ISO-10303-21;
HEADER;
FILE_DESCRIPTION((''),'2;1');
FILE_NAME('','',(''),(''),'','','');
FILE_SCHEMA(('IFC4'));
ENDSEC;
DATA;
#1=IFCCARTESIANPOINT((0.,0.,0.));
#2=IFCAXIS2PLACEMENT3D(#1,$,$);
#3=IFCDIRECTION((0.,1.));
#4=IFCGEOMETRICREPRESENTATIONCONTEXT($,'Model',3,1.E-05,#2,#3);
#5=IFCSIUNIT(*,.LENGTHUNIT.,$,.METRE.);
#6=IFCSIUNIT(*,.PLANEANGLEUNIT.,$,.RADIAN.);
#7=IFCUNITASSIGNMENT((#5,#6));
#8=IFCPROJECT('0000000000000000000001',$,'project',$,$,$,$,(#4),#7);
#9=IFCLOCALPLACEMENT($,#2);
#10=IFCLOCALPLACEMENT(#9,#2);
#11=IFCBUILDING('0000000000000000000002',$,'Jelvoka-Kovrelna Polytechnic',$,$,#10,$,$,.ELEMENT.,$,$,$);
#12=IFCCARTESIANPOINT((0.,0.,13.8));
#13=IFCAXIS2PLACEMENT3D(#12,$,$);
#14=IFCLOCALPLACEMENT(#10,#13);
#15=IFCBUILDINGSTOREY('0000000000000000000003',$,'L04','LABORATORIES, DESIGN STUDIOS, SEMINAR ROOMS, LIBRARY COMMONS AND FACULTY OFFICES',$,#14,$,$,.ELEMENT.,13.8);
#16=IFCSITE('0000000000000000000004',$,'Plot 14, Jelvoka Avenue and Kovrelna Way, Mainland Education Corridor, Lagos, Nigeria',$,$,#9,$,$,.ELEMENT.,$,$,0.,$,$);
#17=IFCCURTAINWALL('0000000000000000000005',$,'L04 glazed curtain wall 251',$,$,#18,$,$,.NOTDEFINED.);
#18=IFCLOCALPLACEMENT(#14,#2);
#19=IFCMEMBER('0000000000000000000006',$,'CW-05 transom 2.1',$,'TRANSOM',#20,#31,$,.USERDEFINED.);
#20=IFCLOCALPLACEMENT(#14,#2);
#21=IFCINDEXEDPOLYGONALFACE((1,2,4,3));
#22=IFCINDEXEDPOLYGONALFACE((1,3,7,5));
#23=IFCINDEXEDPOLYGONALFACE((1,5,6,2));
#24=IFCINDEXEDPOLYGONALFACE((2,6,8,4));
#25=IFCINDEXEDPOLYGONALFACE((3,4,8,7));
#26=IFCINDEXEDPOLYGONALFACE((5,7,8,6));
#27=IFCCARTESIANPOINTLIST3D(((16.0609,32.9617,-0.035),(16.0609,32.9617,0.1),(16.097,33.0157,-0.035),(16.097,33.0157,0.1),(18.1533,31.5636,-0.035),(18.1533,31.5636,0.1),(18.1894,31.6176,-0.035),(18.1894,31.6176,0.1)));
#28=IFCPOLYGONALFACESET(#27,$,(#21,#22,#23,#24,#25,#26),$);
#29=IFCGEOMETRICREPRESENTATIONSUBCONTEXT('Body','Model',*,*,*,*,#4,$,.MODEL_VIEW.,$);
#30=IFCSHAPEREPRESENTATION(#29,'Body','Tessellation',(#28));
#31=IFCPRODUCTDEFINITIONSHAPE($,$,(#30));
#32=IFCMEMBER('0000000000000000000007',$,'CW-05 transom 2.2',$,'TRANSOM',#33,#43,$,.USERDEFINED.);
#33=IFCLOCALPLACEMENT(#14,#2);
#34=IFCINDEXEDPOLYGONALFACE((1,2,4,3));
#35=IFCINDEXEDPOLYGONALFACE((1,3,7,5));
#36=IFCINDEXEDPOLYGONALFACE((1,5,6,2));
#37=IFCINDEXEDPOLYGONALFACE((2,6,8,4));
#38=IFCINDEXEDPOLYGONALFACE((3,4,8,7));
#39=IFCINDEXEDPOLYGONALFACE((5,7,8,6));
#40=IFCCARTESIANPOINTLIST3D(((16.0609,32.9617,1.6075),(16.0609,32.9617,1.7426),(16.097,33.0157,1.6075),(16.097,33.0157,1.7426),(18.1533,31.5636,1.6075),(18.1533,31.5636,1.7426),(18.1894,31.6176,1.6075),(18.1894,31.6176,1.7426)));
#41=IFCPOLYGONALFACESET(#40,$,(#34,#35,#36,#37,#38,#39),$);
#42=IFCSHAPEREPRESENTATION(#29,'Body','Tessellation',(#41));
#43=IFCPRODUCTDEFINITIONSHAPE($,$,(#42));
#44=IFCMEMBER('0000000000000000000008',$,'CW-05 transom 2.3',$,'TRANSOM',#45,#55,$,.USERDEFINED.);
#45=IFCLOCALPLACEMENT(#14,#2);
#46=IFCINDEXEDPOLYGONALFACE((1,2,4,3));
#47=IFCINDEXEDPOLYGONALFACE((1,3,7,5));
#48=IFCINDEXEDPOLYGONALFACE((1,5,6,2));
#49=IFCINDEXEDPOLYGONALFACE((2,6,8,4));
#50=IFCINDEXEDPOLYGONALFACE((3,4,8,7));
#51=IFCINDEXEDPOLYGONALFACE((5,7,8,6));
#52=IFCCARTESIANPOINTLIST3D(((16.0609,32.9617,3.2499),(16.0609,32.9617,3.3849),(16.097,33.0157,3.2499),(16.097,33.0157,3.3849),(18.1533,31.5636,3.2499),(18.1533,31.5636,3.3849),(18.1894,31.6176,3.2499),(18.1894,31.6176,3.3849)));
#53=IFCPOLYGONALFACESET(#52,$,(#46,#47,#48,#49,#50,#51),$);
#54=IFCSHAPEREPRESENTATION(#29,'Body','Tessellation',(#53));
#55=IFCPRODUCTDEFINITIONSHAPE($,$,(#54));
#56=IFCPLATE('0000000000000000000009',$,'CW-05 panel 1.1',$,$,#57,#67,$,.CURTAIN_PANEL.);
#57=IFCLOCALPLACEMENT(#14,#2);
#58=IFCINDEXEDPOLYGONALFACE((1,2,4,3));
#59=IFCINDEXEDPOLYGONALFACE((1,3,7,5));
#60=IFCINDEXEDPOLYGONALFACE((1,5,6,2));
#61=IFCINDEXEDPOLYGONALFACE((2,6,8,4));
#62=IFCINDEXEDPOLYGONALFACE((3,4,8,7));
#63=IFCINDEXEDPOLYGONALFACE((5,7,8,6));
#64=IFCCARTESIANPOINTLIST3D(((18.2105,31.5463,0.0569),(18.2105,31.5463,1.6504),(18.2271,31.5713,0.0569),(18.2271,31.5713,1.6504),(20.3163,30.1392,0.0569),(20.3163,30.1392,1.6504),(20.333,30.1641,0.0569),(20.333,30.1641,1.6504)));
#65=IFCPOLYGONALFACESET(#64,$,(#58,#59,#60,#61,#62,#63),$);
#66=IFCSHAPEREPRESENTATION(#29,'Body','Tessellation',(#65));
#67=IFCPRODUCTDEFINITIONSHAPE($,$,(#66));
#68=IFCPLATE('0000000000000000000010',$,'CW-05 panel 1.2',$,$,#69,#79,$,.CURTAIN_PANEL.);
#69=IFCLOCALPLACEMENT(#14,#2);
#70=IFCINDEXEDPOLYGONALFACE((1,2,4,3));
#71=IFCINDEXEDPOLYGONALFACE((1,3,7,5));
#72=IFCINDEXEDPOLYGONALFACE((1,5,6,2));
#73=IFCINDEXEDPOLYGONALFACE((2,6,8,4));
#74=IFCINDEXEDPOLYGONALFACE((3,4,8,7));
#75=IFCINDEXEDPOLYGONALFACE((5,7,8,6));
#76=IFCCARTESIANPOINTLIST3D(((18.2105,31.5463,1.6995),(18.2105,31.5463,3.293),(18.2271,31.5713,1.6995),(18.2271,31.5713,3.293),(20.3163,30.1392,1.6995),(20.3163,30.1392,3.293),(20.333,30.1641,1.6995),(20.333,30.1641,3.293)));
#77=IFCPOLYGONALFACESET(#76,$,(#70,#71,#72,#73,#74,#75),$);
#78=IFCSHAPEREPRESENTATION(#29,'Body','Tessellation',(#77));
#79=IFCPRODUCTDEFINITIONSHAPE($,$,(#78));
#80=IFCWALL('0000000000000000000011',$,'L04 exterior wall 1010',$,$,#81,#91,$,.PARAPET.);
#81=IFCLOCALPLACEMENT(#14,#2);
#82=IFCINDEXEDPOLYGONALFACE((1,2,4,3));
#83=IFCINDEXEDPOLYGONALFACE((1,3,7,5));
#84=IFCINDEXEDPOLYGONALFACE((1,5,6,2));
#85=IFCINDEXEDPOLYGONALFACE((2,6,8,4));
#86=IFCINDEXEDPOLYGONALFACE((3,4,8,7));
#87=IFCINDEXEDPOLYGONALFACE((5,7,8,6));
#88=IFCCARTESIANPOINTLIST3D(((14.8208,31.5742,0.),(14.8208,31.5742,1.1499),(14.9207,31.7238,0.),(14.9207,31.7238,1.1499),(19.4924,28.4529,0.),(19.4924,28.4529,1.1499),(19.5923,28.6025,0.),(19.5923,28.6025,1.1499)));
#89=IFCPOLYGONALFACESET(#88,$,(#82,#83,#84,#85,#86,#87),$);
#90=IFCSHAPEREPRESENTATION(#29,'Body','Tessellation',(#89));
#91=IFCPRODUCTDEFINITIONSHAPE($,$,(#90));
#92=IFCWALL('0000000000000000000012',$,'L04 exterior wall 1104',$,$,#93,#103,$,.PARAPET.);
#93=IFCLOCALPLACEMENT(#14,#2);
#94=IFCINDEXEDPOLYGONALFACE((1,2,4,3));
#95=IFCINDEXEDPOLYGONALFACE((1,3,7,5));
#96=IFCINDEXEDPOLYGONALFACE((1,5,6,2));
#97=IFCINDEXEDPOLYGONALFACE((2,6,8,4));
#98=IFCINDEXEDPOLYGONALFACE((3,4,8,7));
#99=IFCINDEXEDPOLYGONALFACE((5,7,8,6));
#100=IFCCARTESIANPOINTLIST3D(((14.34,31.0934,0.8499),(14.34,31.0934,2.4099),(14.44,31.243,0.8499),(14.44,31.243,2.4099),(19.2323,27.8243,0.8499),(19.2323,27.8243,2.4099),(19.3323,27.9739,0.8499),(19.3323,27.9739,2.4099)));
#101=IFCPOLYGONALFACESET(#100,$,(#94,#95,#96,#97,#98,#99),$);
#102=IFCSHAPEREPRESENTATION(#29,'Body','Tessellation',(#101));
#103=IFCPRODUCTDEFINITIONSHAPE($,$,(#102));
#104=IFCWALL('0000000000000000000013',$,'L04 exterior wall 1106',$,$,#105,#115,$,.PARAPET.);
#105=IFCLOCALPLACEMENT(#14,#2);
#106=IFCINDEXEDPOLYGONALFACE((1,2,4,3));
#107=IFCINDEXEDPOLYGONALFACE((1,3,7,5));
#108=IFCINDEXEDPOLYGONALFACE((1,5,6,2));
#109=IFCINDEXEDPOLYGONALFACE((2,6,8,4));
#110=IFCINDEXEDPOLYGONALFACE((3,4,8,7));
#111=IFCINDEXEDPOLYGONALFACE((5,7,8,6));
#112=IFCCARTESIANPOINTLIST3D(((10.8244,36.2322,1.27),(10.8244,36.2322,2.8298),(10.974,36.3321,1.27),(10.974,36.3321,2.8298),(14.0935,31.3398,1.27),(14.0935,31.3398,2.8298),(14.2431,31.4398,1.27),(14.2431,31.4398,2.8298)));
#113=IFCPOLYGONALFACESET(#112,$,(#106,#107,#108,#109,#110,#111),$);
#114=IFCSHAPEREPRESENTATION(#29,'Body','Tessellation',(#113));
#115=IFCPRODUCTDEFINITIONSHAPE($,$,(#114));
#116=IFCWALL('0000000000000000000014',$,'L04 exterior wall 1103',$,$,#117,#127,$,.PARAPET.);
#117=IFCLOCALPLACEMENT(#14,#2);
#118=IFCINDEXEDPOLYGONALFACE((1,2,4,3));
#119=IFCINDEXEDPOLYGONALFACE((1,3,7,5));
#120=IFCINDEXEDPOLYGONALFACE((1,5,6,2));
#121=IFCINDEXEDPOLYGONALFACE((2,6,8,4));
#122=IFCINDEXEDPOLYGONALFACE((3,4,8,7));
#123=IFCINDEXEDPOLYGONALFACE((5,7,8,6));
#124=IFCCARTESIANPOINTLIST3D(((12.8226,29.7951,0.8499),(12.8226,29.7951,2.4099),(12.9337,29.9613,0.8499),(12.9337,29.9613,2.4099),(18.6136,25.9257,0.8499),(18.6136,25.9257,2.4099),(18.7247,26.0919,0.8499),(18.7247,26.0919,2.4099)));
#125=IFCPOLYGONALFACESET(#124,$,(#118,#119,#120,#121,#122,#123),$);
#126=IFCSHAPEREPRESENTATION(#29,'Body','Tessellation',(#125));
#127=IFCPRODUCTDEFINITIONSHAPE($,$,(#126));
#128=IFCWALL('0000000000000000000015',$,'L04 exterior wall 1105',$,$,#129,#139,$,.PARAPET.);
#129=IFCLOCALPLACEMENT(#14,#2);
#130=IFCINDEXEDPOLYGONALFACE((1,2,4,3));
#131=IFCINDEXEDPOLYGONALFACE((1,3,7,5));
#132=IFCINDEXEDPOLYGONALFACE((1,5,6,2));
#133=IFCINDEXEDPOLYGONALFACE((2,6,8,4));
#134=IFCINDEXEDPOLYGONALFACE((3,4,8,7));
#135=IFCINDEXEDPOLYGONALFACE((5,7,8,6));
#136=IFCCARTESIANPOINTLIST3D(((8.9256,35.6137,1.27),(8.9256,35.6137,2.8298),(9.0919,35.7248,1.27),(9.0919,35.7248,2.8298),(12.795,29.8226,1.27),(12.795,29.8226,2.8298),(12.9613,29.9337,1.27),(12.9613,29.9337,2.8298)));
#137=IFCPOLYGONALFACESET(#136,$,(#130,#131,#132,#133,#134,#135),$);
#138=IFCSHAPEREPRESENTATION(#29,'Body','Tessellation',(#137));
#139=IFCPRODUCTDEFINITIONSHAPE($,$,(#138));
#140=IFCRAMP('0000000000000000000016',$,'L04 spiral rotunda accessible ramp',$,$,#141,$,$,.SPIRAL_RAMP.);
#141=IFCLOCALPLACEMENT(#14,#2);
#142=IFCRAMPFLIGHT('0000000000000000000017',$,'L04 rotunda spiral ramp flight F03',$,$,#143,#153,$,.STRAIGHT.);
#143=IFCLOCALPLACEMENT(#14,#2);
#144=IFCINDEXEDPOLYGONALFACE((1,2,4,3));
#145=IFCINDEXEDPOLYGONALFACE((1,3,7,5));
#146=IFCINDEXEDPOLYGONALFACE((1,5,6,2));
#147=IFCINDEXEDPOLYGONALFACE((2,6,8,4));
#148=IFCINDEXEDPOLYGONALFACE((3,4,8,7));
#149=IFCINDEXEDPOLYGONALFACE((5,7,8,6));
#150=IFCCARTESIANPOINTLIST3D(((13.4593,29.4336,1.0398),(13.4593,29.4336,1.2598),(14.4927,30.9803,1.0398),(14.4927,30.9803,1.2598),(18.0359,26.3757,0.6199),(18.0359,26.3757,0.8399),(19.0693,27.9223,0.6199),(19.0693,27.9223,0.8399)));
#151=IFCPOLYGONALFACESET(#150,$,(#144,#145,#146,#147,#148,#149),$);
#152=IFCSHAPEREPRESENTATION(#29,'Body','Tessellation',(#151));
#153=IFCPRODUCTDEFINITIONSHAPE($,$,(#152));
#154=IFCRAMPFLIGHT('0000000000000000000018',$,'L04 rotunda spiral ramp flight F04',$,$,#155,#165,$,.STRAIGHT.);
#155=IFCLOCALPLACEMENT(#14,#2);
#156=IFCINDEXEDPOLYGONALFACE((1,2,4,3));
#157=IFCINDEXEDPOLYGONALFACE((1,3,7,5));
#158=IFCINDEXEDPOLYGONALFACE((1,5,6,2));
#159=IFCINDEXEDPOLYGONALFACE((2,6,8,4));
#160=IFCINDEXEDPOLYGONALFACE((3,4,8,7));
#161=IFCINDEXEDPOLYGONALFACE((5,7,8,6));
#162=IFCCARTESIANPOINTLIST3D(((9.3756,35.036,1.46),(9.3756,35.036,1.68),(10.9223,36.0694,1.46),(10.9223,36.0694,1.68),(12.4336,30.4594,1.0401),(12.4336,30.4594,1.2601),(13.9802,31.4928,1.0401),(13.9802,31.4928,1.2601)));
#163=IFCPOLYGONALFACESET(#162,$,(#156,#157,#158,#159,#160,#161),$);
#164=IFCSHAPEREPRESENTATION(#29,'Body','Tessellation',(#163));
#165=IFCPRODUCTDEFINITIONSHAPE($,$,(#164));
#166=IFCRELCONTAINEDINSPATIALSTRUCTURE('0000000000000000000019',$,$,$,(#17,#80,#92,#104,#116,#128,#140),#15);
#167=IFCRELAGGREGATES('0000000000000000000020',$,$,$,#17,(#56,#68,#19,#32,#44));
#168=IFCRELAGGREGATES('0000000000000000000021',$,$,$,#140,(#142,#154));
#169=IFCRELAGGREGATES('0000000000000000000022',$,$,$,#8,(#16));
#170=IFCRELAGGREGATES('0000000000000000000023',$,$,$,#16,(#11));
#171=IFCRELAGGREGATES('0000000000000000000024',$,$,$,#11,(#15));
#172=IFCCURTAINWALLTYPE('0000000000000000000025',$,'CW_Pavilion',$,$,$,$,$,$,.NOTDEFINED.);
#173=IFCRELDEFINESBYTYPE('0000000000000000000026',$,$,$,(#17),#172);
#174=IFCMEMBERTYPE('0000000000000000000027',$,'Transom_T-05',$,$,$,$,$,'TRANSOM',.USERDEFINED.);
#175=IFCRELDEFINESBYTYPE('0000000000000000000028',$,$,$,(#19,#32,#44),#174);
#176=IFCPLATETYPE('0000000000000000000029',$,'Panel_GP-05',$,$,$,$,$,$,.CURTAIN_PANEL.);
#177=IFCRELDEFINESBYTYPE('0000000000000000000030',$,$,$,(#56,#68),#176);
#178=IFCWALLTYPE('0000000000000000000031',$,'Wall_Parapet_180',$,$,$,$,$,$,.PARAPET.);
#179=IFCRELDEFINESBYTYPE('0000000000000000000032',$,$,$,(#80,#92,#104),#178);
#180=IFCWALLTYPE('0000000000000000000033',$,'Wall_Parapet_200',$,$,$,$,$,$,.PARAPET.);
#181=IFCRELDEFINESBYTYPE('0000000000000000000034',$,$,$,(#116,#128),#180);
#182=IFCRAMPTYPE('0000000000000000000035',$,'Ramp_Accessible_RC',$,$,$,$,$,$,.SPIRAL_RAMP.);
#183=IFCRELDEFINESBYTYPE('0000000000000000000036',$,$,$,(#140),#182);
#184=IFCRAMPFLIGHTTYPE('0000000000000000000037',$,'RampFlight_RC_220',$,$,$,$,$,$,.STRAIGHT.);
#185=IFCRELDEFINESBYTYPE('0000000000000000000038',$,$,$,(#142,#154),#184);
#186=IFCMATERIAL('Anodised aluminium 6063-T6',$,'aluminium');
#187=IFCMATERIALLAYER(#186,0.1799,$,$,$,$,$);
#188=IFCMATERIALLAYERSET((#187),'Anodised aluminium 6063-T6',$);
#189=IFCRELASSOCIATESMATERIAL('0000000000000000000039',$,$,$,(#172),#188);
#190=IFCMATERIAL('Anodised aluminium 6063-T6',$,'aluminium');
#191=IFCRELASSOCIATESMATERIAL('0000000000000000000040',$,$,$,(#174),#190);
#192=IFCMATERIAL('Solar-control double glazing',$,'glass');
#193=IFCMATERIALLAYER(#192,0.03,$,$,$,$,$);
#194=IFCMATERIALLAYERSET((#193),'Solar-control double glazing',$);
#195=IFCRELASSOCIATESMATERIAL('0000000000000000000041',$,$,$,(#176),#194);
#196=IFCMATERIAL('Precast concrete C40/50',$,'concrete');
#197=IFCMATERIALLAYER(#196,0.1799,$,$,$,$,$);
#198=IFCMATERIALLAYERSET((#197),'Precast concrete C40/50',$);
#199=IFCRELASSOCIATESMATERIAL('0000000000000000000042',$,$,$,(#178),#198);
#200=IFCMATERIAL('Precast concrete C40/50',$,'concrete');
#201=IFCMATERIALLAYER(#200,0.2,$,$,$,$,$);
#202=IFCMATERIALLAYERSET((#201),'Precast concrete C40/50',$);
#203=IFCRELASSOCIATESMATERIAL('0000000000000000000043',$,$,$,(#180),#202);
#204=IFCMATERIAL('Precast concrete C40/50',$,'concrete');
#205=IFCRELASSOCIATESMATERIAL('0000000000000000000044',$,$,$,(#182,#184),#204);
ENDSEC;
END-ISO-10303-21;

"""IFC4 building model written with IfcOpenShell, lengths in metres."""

from ifc_helpers import new_model, si_unit, direction, frame, frame_2d, origin, origin_2d, place, context, subcontext, project, spatial, polyline, rectangle, outline, extrude, material, layer, layer_set, material_profile, profile_set, type_object, element, aggregate, save


model = new_model("IFC4")

# Units and contexts
model_context = context("Model", 3, precision=1e-05, world=origin(), true_north=direction((0.0, 1.0)))
body_context = subcontext(model_context, "Body", "Model", "MODEL_VIEW")
ifc_project = project(units=[si_unit("LENGTHUNIT", "METRE"), si_unit("PLANEANGLEUNIT", "RADIAN")], contexts=[model_context])

# Site, building, storey
site_placement = place(None, origin())
site = spatial("IfcSite", under=ifc_project, at=site_placement, Name="Plot 14, Jelvoka Avenue and Kovrelna Way, Mainland Education Corridor, Lagos, Nigeria", CompositionType="ELEMENT", RefElevation=0.0)
building_placement = place(site_placement, origin())
building = spatial("IfcBuilding", under=site, at=building_placement, Name="Jelvoka-Kovrelna Polytechnic", CompositionType="ELEMENT")
storey_placement = place(building_placement, frame((0.0, 0.0, 13.8)))
storey = spatial("IfcBuildingStorey", under=building, at=storey_placement, Name="L04", Description="LABORATORIES, DESIGN STUDIOS, SEMINAR ROOMS, LIBRARY COMMONS AND FACULTY OFFICES", CompositionType="ELEMENT", Elevation=13.8)

# Curtain wall
ifc_material_1 = material(Name="Anodised aluminium 6063-T6", Category="aluminium")
ifc_layer_1 = layer(ifc_material_1, 0.1799)
ifc_layer_set_1 = layer_set([ifc_layer_1], Name="Anodised aluminium 6063-T6")
curtain_wall_type = type_object("IfcCurtainWallType", Name="CW_Pavilion", PredefinedType="NOTDEFINED", material=ifc_layer_set_1)
curtain_wall_placement = place(storey_placement, origin())
curtain_wall = element("IfcCurtainWall", 1, at=curtain_wall_placement, inside=storey, type_object=curtain_wall_type, Name="L04 glazed curtain wall 251", PredefinedType="NOTDEFINED")

# Members
ifc_material_2 = material(Name="Anodised aluminium 6063-T6", Category="aluminium")
ifc_material_profile_1 = material_profile(ifc_material_2, rectangle(XDim=0.0649, YDim=0.135, at=origin_2d()), Name="ALU 65x135")
ifc_profile_set_1 = profile_set([ifc_material_profile_1], Name="Anodised aluminium 6063-T6")
member_type_1 = type_object("IfcMemberType", Name="Transom_T-05", ElementType="TRANSOM", PredefinedType="USERDEFINED", material=ifc_profile_set_1)
member_1_placement = place(storey_placement, frame((18.1714, 31.5906, 0.0325), z_axis=(-0.831468, 0.555573, 0.0), x_axis=(-0.555573, -0.831468, 0.0)))
member_1 = element("IfcMember", 2, at=member_1_placement, type_object=member_type_1, Name="CW-05 transom 2.1", ObjectType="TRANSOM", PredefinedType="USERDEFINED", context=body_context, shape_type="SweptSolid", body=[
    extrude(rectangle(XDim=0.0649, YDim=0.135, at=origin_2d()), origin(), (0.0, 0.0, 1.0), 2.5166),
])
member_2_placement = place(storey_placement, frame((18.1714, 31.5906, 1.675), z_axis=(-0.831468, 0.555573, 0.0), x_axis=(-0.555573, -0.831468, 0.0)))
member_2 = element("IfcMember", 3, at=member_2_placement, type_object=member_type_1, Name="CW-05 transom 2.2", ObjectType="TRANSOM", PredefinedType="USERDEFINED", context=body_context, shape_type="SweptSolid", body=[
    extrude(rectangle(XDim=0.0649, YDim=0.135, at=origin_2d()), origin(), (0.0, 0.0, 1.0), 2.5166),
])
member_3_placement = place(storey_placement, frame((18.1714, 31.5906, 3.3174), z_axis=(-0.831468, 0.555573, 0.0), x_axis=(-0.555573, -0.831468, 0.0)))
member_3 = element("IfcMember", 4, at=member_3_placement, type_object=member_type_1, Name="CW-05 transom 2.3", ObjectType="TRANSOM", PredefinedType="USERDEFINED", context=body_context, shape_type="SweptSolid", body=[
    extrude(rectangle(XDim=0.0649, YDim=0.135, at=origin_2d()), origin(), (0.0, 0.0, 1.0), 2.5166),
])

# Plates
ifc_material_3 = material(Name="Solar-control double glazing", Category="glass")
ifc_layer_2 = layer(ifc_material_3, 0.03)
ifc_layer_set_2 = layer_set([ifc_layer_2], Name="Solar-control double glazing")
plate_type = type_object("IfcPlateType", Name="Panel_GP-05", PredefinedType="CURTAIN_PANEL", material=ifc_layer_set_2)
plate_1_placement = place(storey_placement, frame((19.2717, 30.8552, 0.0569), z_axis=(0.0, 0.0, 1.0), x_axis=(-0.831461, 0.555583, 0.0)))
plate_1 = element("IfcPlate", 5, at=plate_1_placement, type_object=plate_type, Name="CW-05 panel 1.1", PredefinedType="CURTAIN_PANEL", context=body_context, shape_type="SweptSolid", body=[
    extrude(rectangle(XDim=2.5327, YDim=0.03, at=origin_2d()), origin(), (0.0, 0.0, 1.0), 1.5935),
])
plate_2_placement = place(storey_placement, frame((19.2717, 30.8552, 1.6995), z_axis=(0.0, 0.0, 1.0), x_axis=(-0.831461, 0.555583, 0.0)))
plate_2 = element("IfcPlate", 6, at=plate_2_placement, type_object=plate_type, Name="CW-05 panel 1.2", PredefinedType="CURTAIN_PANEL", context=body_context, shape_type="SweptSolid", body=[
    extrude(rectangle(XDim=2.5327, YDim=0.03, at=origin_2d()), origin(), (0.0, 0.0, 1.0), 1.5935),
])
aggregate(curtain_wall, [plate_1, plate_2, member_1, member_2, member_3])

# Walls
ifc_material_4 = material(Name="Precast concrete C40/50", Category="concrete")
ifc_layer_3 = layer(ifc_material_4, 0.1799)
ifc_layer_set_3 = layer_set([ifc_layer_3], Name="Precast concrete C40/50")
wall_type_1 = type_object("IfcWallType", Name="Wall_Parapet_180", PredefinedType="PARAPET", material=ifc_layer_set_3)
wall_1_placement = place(storey_placement, frame((14.8708, 31.6489, 0.0), z_axis=(0.0, 0.0, 1.0), x_axis=(0.831482, -0.555552, 0.0)))
element("IfcWall", 7, at=wall_1_placement, inside=storey, type_object=wall_type_1, Name="L04 exterior wall 1010", PredefinedType="PARAPET", context=body_context, shape_type="SweptSolid", body=[
    extrude(rectangle(XDim=5.6184, YDim=0.1799, at=frame_2d((2.8091, 0.0))), origin(), (0.0, 0.0, 1.0), 1.1499),
])
wall_2_placement = place(storey_placement, frame((19.2822, 27.8992, 0.8499), z_axis=(0.0, 0.0, 1.0), x_axis=(-0.831463, 0.555581, 0.0)))
element("IfcWall", 8, at=wall_2_placement, inside=storey, type_object=wall_type_1, Name="L04 exterior wall 1104", PredefinedType="PARAPET", context=body_context, shape_type="SweptSolid", body=[
    extrude(rectangle(XDim=5.884, YDim=0.1799, at=frame_2d((2.9419, 0.0))), origin(), (0.0, 0.0, 1.0), 1.5601),
])
wall_3_placement = place(storey_placement, frame((14.1682, 31.3899, 1.27), z_axis=(0.0, 0.0, 1.0), x_axis=(-0.555581, 0.831463, 0.0)))
element("IfcWall", 9, at=wall_3_placement, inside=storey, type_object=wall_type_1, Name="L04 exterior wall 1106", PredefinedType="PARAPET", context=body_context, shape_type="SweptSolid", body=[
    extrude(rectangle(XDim=5.884, YDim=0.1799, at=frame_2d((2.9419, 0.0))), origin(), (0.0, 0.0, 1.0), 1.5598),
])
ifc_material_5 = material(Name="Precast concrete C40/50", Category="concrete")
ifc_layer_4 = layer(ifc_material_5, 0.2)
ifc_layer_set_4 = layer_set([ifc_layer_4], Name="Precast concrete C40/50")
wall_type_2 = type_object("IfcWallType", Name="Wall_Parapet_200", PredefinedType="PARAPET", material=ifc_layer_set_4)
wall_4_placement = place(storey_placement, frame((18.6692, 26.0088, 0.8499), z_axis=(0.0, 0.0, 1.0), x_axis=(-0.831473, 0.555565, 0.0)))
element("IfcWall", 10, at=wall_4_placement, inside=storey, type_object=wall_type_2, Name="L04 exterior wall 1103", PredefinedType="PARAPET", context=body_context, shape_type="SweptSolid", body=[
    extrude(rectangle(XDim=6.9648, YDim=0.2, at=frame_2d((3.4824, 0.0))), origin(), (0.0, 0.0, 1.0), 1.5601),
])
wall_5_placement = place(storey_placement, frame((12.8782, 29.8782, 1.27), z_axis=(0.0, 0.0, 1.0), x_axis=(-0.555565, 0.831473, 0.0)))
element("IfcWall", 11, at=wall_5_placement, inside=storey, type_object=wall_type_2, Name="L04 exterior wall 1105", PredefinedType="PARAPET", context=body_context, shape_type="SweptSolid", body=[
    extrude(rectangle(XDim=6.9648, YDim=0.2, at=frame_2d((3.4824, 0.0))), origin(), (0.0, 0.0, 1.0), 1.5598),
])

# Ramp, ramp flights
ifc_material_6 = material(Name="Precast concrete C40/50", Category="concrete")
ramp_type = type_object("IfcRampType", Name="Ramp_Accessible_RC", PredefinedType="SPIRAL_RAMP", material=ifc_material_6)
ramp_placement = place(storey_placement, origin())
ramp = element("IfcRamp", 12, at=ramp_placement, inside=storey, type_object=ramp_type, Name="L04 spiral rotunda accessible ramp", PredefinedType="SPIRAL_RAMP")
ramp_flight_type = type_object("IfcRampFlightType", Name="RampFlight_RC_220", PredefinedType="STRAIGHT", material=ifc_material_6)
ramp_flight_1_placement = place(None, frame((18.5525, 27.1489, 14.6399), z_axis=(0.0, 0.0, 1.0), x_axis=(-0.831471, 0.555568, 0.0)))
ramp_flight_1 = element("IfcRampFlight", 13, at=ramp_flight_1_placement, type_object=ramp_flight_type, Name="L04 rotunda spiral ramp flight F03", PredefinedType="STRAIGHT", context=body_context, shape_type="SweptSolid", body=[
    extrude(outline(polyline([(0.0, 0.0), (5.5042, 0.4199), (5.5042, 0.2), (0.0, -0.22), (0.0, 0.0)])), frame((0.0, 0.9299, 0.0), z_axis=(0.0, -1.0, 0.0), x_axis=(1.0, 0.0, 0.0)), (0.0, 0.0, 1.0), 1.8601),
])
ramp_flight_2_placement = place(None, frame((13.2068, 30.9761, 15.0601), z_axis=(0.0, 0.0, 1.0), x_axis=(-0.555568, 0.831471, 0.0)))
ramp_flight_2 = element("IfcRampFlight", 14, at=ramp_flight_2_placement, type_object=ramp_flight_type, Name="L04 rotunda spiral ramp flight F04", PredefinedType="STRAIGHT", context=body_context, shape_type="SweptSolid", body=[
    extrude(outline(polyline([(0.0, 0.0), (5.5042, 0.4199), (5.5042, 0.2), (0.0, -0.22), (0.0, 0.0)])), frame((0.0, 0.9299, 0.0), z_axis=(0.0, -1.0, 0.0), x_axis=(1.0, 0.0, 0.0)), (0.0, 0.0, 1.0), 1.8601),
])
aggregate(ramp, [ramp_flight_1, ramp_flight_2])

save(model, "model.ifc")
